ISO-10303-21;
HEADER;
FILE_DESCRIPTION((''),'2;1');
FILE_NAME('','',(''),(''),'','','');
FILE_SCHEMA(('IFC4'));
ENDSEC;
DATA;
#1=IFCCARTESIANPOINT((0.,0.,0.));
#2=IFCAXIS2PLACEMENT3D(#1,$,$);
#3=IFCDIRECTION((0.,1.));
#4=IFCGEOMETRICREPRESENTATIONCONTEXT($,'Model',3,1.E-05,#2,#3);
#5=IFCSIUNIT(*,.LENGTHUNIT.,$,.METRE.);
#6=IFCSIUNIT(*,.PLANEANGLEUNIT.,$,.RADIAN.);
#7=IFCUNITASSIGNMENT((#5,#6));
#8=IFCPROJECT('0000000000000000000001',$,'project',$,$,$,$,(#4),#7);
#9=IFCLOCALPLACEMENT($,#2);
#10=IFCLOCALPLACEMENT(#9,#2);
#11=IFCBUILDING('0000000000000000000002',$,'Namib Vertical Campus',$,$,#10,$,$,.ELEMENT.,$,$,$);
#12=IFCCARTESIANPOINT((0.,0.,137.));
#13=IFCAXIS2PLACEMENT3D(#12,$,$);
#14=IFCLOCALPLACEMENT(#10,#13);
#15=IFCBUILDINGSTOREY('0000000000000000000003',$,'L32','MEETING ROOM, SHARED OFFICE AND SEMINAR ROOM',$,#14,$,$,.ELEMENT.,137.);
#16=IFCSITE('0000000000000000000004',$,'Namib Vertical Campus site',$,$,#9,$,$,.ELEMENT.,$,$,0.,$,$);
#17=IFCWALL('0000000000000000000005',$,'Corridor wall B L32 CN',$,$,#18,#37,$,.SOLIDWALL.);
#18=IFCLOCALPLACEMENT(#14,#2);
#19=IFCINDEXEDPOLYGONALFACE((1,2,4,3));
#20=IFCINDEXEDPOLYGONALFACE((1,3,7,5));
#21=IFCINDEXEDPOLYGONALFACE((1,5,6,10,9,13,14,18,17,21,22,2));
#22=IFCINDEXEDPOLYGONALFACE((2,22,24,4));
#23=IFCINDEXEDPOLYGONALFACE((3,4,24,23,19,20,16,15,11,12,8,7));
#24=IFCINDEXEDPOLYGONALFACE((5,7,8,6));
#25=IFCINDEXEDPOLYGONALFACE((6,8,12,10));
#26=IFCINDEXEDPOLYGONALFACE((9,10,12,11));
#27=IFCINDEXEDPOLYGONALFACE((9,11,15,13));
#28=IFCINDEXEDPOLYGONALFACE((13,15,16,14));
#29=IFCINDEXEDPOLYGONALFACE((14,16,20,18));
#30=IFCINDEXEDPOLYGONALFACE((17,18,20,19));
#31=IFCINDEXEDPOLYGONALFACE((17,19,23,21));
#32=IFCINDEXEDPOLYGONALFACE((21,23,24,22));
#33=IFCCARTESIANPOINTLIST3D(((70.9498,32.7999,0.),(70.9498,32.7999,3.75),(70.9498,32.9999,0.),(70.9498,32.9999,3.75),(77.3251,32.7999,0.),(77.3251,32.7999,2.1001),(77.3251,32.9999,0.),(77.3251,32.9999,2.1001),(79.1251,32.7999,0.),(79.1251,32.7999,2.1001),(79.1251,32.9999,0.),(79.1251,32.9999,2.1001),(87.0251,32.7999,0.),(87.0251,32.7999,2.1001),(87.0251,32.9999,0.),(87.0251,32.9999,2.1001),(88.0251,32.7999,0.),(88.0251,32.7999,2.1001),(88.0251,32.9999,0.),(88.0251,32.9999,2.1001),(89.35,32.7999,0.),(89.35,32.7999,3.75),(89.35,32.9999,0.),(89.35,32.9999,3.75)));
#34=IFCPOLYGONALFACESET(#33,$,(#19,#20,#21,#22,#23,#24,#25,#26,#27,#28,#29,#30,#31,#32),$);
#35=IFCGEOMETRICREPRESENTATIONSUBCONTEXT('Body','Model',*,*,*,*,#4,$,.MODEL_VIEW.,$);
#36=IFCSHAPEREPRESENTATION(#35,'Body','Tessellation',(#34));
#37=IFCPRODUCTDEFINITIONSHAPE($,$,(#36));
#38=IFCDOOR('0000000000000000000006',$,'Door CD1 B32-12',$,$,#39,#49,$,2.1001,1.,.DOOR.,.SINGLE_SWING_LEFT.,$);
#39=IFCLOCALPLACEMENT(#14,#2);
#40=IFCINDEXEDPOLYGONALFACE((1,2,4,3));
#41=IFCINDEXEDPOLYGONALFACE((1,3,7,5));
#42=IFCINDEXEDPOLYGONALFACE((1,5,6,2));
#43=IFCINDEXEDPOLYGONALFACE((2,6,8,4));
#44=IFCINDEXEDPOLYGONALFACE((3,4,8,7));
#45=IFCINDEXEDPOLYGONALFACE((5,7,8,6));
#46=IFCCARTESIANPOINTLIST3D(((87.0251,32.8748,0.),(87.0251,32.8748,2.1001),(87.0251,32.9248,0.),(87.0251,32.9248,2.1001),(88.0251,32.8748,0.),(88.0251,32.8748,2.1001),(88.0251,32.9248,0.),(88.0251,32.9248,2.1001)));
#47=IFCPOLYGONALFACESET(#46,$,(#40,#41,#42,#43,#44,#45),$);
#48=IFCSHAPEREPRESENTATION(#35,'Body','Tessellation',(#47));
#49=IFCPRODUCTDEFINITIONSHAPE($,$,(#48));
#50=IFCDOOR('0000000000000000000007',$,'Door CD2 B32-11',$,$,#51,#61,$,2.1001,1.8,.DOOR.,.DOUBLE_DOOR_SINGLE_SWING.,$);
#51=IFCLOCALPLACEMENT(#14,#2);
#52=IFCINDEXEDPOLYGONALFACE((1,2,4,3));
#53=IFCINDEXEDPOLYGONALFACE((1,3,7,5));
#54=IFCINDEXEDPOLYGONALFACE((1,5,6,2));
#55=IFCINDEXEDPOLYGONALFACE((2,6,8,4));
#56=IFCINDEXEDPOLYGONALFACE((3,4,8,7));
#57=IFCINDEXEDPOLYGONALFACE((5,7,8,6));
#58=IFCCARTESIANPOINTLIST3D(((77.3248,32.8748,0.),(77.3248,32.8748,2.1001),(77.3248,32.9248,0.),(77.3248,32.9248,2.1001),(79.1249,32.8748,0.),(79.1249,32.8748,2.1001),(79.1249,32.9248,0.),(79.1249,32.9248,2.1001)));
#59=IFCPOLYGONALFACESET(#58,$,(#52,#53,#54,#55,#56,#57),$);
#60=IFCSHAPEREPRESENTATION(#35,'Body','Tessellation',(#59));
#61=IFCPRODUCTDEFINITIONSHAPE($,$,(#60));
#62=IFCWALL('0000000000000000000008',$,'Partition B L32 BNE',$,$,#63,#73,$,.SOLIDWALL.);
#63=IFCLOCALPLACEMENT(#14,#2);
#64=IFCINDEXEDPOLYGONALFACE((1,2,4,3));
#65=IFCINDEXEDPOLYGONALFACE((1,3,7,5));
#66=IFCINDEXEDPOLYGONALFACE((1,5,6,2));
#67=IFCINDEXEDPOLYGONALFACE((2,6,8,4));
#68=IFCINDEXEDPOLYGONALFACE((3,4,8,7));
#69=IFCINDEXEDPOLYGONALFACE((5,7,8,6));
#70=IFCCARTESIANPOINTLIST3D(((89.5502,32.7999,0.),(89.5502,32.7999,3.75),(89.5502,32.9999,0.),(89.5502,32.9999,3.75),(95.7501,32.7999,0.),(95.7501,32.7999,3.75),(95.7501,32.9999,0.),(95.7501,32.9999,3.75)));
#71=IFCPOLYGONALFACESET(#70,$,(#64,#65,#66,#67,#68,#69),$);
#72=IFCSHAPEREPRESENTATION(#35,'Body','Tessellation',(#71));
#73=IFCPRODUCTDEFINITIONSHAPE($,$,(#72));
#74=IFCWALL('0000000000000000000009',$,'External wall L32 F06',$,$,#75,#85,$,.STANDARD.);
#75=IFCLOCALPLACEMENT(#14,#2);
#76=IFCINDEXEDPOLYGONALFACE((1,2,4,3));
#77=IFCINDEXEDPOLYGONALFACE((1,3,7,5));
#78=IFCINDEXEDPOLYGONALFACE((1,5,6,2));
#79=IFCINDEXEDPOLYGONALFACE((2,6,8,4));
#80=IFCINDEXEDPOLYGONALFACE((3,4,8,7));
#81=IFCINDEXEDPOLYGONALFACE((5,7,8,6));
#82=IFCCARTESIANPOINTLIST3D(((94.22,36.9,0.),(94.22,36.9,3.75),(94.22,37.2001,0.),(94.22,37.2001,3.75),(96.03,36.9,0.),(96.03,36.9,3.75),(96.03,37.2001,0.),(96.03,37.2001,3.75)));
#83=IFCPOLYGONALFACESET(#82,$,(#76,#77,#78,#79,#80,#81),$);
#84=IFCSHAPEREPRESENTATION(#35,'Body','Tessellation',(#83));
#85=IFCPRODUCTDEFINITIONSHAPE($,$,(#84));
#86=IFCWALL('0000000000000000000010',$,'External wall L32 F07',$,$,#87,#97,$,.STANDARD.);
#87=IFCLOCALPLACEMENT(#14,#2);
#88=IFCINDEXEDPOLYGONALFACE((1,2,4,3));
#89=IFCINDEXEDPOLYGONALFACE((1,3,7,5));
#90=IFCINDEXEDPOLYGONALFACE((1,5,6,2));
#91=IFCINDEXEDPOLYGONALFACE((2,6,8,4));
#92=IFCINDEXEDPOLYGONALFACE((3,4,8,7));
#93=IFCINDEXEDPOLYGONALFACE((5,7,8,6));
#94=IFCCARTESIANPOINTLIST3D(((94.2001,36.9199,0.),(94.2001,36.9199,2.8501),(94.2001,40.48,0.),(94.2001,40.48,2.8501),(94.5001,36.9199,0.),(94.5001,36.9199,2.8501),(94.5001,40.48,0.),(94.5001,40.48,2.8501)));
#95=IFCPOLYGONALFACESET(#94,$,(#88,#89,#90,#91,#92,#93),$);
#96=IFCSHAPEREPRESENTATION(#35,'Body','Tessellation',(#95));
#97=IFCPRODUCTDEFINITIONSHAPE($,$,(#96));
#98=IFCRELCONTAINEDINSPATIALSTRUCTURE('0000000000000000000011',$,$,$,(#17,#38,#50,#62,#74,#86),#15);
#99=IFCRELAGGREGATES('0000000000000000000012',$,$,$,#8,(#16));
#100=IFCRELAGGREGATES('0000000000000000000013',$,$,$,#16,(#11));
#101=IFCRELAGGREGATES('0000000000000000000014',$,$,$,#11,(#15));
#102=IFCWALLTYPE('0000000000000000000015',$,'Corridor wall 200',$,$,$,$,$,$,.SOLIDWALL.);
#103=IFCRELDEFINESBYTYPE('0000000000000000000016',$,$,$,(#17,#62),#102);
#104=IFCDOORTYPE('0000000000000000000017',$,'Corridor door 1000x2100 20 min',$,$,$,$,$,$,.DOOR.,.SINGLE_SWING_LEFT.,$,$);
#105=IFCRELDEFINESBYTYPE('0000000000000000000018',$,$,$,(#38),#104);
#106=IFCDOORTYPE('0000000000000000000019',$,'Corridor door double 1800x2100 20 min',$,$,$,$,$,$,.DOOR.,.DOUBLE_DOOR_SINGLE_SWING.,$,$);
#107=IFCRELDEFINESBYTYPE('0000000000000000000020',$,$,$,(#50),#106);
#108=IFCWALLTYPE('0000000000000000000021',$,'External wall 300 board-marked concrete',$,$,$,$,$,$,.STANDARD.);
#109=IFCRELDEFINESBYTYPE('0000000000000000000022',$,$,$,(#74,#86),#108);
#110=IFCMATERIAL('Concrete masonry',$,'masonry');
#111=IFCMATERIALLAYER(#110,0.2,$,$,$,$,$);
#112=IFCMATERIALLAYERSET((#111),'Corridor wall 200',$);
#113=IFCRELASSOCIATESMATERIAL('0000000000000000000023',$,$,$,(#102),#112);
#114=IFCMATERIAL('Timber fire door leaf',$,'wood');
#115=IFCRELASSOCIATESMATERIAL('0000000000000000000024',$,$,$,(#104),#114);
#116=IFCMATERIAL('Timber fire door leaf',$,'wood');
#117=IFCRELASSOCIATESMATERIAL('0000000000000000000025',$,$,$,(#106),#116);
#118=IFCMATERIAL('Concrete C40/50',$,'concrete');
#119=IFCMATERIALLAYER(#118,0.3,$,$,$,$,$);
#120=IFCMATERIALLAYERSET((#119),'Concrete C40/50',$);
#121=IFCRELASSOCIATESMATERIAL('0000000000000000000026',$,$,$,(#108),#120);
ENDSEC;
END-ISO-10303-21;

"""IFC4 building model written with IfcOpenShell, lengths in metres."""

from ifc_helpers import new_model, si_unit, direction, frame, frame_2d, origin, place, context, subcontext, project, spatial, rectangle, extrude, material, layer, layer_set, type_object, element, fill, save


model = new_model("IFC4")

# Units and contexts
model_context = context("Model", 3, precision=1e-05, world=origin(), true_north=direction((0.0, 1.0)))
body_context = subcontext(model_context, "Body", "Model", "MODEL_VIEW")
ifc_project = project(units=[si_unit("LENGTHUNIT", "METRE"), si_unit("PLANEANGLEUNIT", "RADIAN")], contexts=[model_context])

# Site, building, storey
site_placement = place(None, origin())
site = spatial("IfcSite", under=ifc_project, at=site_placement, Name="Namib Vertical Campus site", CompositionType="ELEMENT", RefElevation=0.0)
building_placement = place(site_placement, origin())
building = spatial("IfcBuilding", under=site, at=building_placement, Name="Namib Vertical Campus", CompositionType="ELEMENT")
storey_placement = place(building_placement, frame((0.0, 0.0, 137.0)))
storey = spatial("IfcBuildingStorey", under=building, at=storey_placement, Name="L32", Description="MEETING ROOM, SHARED OFFICE AND SEMINAR ROOM", CompositionType="ELEMENT", Elevation=137.0)

# Wall, openings, doors
ifc_material_1 = material(Name="Concrete masonry", Category="masonry")
ifc_layer_1 = layer(ifc_material_1, 0.2)
ifc_layer_set_1 = layer_set([ifc_layer_1], Name="Corridor wall 200")
wall_type_1 = type_object("IfcWallType", Name="Corridor wall 200", PredefinedType="SOLIDWALL", material=ifc_layer_set_1)
wall_1_placement = place(storey_placement, frame((89.3501, 32.8999, 0.0), z_axis=(0.0, 0.0, 1.0), x_axis=(-1.0, 0.0, 0.0)))
wall_1 = element("IfcWall", 1, at=wall_1_placement, inside=storey, type_object=wall_type_1, Name="Corridor wall B L32 CN", PredefinedType="SOLIDWALL", context=body_context, shape_type="SweptSolid", body=[
    extrude(rectangle(XDim=18.4001, YDim=0.2, at=frame_2d((9.2002, 0.0))), origin(), (0.0, 0.0, 1.0), 3.75),
])
opening_1_placement = place(wall_1_placement, frame((10.2251, 0.0, 0.0)))
opening_1 = element("IfcOpeningElement", 2, at=opening_1_placement, cuts=wall_1, PredefinedType="OPENING", context=body_context, shape_type="SweptSolid", body=[
    extrude(rectangle(XDim=1.8, YDim=2.1001, at=frame_2d((0.8999, 1.05))), frame((0.0, 0.1099, 0.0), z_axis=(0.0, -1.0, 0.0), x_axis=(1.0, 0.0, 0.0)), (0.0, 0.0, 1.0), 0.22),
])
opening_2_placement = place(wall_1_placement, frame((1.325, 0.0, 0.0)))
opening_2 = element("IfcOpeningElement", 3, at=opening_2_placement, cuts=wall_1, PredefinedType="OPENING", context=body_context, shape_type="SweptSolid", body=[
    extrude(rectangle(XDim=1.0, YDim=2.1001, at=frame_2d((0.5, 1.05))), frame((0.0, 0.1099, 0.0), z_axis=(0.0, -1.0, 0.0), x_axis=(1.0, 0.0, 0.0)), (0.0, 0.0, 1.0), 0.22),
])
ifc_material_2 = material(Name="Timber fire door leaf", Category="wood")
door_type_1 = type_object("IfcDoorType", Name="Corridor door 1000x2100 20 min", OperationType="SINGLE_SWING_LEFT", PredefinedType="DOOR", material=ifc_material_2)
door_1_placement = place(opening_2_placement, frame((1.0, 0.0, 0.0), z_axis=(0.0, 0.0, 1.0), x_axis=(-1.0, 0.0, 0.0)))
door_1 = element("IfcDoor", 4, at=door_1_placement, inside=storey, type_object=door_type_1, Name="Door CD1 B32-12", OperationType="SINGLE_SWING_LEFT", OverallHeight=2.1001, OverallWidth=1.0, PredefinedType="DOOR", context=body_context, shape_type="SweptSolid", body=[
    extrude(rectangle(XDim=1.0, YDim=2.1001, at=frame_2d((0.5, 1.05))), frame((0.0, 0.0249, 0.0), z_axis=(0.0, -1.0, 0.0), x_axis=(1.0, 0.0, 0.0)), (0.0, 0.0, 1.0), 0.05),
])
fill(opening_2, door_1)
ifc_material_3 = material(Name="Timber fire door leaf", Category="wood")
door_type_2 = type_object("IfcDoorType", Name="Corridor door double 1800x2100 20 min", OperationType="DOUBLE_DOOR_SINGLE_SWING", PredefinedType="DOOR", material=ifc_material_3)
door_2_placement = place(opening_1_placement, frame((1.8, 0.0, 0.0), z_axis=(0.0, 0.0, 1.0), x_axis=(-1.0, 0.0, 0.0)))
door_2 = element("IfcDoor", 5, at=door_2_placement, inside=storey, type_object=door_type_2, Name="Door CD2 B32-11", OperationType="DOUBLE_DOOR_SINGLE_SWING", OverallHeight=2.1001, OverallWidth=1.8, PredefinedType="DOOR", context=body_context, shape_type="SweptSolid", body=[
    extrude(rectangle(XDim=1.8, YDim=2.1001, at=frame_2d((0.8999, 1.05))), frame((0.0, 0.0249, 0.0), z_axis=(0.0, -1.0, 0.0), x_axis=(1.0, 0.0, 0.0)), (0.0, 0.0, 1.0), 0.05),
])
fill(opening_1, door_2)

# Walls
wall_2_placement = place(storey_placement, frame((89.55, 32.8999, 0.0), z_axis=(0.0, 0.0, 1.0), x_axis=(1.0, 0.0, 0.0)))
element("IfcWall", 6, at=wall_2_placement, inside=storey, type_object=wall_type_1, Name="Partition B L32 BNE", PredefinedType="SOLIDWALL", context=body_context, shape_type="SweptSolid", body=[
    extrude(rectangle(XDim=6.2, YDim=0.2, at=frame_2d((3.1001, 0.0))), origin(), (0.0, 0.0, 1.0), 3.75),
])
ifc_material_4 = material(Name="Concrete C40/50", Category="concrete")
ifc_layer_2 = layer(ifc_material_4, 0.3)
ifc_layer_set_2 = layer_set([ifc_layer_2], Name="Concrete C40/50")
wall_type_2 = type_object("IfcWallType", Name="External wall 300 board-marked concrete", PredefinedType="STANDARD", material=ifc_layer_set_2)
wall_3_placement = place(storey_placement, frame((96.03, 37.05, 0.0), z_axis=(0.0, 0.0, 1.0), x_axis=(-1.0, 0.0, 0.0)))
element("IfcWall", 7, at=wall_3_placement, inside=storey, type_object=wall_type_2, Name="External wall L32 F06", PredefinedType="STANDARD", context=body_context, shape_type="SweptSolid", body=[
    extrude(rectangle(XDim=1.8101, YDim=0.3, at=frame_2d((0.905, 0.0))), origin(), (0.0, 0.0, 1.0), 3.75),
])
wall_4_placement = place(storey_placement, frame((94.3501, 36.9199, 0.0), z_axis=(0.0, 0.0, 1.0), x_axis=(0.0, 1.0, 0.0)))
element("IfcWall", 8, at=wall_4_placement, inside=storey, type_object=wall_type_2, Name="External wall L32 F07", PredefinedType="STANDARD", context=body_context, shape_type="SweptSolid", body=[
    extrude(rectangle(XDim=3.5601, YDim=0.3, at=frame_2d((1.78, 0.0))), origin(), (0.0, 0.0, 1.0), 2.8501),
])

save(model, "model.ifc")
